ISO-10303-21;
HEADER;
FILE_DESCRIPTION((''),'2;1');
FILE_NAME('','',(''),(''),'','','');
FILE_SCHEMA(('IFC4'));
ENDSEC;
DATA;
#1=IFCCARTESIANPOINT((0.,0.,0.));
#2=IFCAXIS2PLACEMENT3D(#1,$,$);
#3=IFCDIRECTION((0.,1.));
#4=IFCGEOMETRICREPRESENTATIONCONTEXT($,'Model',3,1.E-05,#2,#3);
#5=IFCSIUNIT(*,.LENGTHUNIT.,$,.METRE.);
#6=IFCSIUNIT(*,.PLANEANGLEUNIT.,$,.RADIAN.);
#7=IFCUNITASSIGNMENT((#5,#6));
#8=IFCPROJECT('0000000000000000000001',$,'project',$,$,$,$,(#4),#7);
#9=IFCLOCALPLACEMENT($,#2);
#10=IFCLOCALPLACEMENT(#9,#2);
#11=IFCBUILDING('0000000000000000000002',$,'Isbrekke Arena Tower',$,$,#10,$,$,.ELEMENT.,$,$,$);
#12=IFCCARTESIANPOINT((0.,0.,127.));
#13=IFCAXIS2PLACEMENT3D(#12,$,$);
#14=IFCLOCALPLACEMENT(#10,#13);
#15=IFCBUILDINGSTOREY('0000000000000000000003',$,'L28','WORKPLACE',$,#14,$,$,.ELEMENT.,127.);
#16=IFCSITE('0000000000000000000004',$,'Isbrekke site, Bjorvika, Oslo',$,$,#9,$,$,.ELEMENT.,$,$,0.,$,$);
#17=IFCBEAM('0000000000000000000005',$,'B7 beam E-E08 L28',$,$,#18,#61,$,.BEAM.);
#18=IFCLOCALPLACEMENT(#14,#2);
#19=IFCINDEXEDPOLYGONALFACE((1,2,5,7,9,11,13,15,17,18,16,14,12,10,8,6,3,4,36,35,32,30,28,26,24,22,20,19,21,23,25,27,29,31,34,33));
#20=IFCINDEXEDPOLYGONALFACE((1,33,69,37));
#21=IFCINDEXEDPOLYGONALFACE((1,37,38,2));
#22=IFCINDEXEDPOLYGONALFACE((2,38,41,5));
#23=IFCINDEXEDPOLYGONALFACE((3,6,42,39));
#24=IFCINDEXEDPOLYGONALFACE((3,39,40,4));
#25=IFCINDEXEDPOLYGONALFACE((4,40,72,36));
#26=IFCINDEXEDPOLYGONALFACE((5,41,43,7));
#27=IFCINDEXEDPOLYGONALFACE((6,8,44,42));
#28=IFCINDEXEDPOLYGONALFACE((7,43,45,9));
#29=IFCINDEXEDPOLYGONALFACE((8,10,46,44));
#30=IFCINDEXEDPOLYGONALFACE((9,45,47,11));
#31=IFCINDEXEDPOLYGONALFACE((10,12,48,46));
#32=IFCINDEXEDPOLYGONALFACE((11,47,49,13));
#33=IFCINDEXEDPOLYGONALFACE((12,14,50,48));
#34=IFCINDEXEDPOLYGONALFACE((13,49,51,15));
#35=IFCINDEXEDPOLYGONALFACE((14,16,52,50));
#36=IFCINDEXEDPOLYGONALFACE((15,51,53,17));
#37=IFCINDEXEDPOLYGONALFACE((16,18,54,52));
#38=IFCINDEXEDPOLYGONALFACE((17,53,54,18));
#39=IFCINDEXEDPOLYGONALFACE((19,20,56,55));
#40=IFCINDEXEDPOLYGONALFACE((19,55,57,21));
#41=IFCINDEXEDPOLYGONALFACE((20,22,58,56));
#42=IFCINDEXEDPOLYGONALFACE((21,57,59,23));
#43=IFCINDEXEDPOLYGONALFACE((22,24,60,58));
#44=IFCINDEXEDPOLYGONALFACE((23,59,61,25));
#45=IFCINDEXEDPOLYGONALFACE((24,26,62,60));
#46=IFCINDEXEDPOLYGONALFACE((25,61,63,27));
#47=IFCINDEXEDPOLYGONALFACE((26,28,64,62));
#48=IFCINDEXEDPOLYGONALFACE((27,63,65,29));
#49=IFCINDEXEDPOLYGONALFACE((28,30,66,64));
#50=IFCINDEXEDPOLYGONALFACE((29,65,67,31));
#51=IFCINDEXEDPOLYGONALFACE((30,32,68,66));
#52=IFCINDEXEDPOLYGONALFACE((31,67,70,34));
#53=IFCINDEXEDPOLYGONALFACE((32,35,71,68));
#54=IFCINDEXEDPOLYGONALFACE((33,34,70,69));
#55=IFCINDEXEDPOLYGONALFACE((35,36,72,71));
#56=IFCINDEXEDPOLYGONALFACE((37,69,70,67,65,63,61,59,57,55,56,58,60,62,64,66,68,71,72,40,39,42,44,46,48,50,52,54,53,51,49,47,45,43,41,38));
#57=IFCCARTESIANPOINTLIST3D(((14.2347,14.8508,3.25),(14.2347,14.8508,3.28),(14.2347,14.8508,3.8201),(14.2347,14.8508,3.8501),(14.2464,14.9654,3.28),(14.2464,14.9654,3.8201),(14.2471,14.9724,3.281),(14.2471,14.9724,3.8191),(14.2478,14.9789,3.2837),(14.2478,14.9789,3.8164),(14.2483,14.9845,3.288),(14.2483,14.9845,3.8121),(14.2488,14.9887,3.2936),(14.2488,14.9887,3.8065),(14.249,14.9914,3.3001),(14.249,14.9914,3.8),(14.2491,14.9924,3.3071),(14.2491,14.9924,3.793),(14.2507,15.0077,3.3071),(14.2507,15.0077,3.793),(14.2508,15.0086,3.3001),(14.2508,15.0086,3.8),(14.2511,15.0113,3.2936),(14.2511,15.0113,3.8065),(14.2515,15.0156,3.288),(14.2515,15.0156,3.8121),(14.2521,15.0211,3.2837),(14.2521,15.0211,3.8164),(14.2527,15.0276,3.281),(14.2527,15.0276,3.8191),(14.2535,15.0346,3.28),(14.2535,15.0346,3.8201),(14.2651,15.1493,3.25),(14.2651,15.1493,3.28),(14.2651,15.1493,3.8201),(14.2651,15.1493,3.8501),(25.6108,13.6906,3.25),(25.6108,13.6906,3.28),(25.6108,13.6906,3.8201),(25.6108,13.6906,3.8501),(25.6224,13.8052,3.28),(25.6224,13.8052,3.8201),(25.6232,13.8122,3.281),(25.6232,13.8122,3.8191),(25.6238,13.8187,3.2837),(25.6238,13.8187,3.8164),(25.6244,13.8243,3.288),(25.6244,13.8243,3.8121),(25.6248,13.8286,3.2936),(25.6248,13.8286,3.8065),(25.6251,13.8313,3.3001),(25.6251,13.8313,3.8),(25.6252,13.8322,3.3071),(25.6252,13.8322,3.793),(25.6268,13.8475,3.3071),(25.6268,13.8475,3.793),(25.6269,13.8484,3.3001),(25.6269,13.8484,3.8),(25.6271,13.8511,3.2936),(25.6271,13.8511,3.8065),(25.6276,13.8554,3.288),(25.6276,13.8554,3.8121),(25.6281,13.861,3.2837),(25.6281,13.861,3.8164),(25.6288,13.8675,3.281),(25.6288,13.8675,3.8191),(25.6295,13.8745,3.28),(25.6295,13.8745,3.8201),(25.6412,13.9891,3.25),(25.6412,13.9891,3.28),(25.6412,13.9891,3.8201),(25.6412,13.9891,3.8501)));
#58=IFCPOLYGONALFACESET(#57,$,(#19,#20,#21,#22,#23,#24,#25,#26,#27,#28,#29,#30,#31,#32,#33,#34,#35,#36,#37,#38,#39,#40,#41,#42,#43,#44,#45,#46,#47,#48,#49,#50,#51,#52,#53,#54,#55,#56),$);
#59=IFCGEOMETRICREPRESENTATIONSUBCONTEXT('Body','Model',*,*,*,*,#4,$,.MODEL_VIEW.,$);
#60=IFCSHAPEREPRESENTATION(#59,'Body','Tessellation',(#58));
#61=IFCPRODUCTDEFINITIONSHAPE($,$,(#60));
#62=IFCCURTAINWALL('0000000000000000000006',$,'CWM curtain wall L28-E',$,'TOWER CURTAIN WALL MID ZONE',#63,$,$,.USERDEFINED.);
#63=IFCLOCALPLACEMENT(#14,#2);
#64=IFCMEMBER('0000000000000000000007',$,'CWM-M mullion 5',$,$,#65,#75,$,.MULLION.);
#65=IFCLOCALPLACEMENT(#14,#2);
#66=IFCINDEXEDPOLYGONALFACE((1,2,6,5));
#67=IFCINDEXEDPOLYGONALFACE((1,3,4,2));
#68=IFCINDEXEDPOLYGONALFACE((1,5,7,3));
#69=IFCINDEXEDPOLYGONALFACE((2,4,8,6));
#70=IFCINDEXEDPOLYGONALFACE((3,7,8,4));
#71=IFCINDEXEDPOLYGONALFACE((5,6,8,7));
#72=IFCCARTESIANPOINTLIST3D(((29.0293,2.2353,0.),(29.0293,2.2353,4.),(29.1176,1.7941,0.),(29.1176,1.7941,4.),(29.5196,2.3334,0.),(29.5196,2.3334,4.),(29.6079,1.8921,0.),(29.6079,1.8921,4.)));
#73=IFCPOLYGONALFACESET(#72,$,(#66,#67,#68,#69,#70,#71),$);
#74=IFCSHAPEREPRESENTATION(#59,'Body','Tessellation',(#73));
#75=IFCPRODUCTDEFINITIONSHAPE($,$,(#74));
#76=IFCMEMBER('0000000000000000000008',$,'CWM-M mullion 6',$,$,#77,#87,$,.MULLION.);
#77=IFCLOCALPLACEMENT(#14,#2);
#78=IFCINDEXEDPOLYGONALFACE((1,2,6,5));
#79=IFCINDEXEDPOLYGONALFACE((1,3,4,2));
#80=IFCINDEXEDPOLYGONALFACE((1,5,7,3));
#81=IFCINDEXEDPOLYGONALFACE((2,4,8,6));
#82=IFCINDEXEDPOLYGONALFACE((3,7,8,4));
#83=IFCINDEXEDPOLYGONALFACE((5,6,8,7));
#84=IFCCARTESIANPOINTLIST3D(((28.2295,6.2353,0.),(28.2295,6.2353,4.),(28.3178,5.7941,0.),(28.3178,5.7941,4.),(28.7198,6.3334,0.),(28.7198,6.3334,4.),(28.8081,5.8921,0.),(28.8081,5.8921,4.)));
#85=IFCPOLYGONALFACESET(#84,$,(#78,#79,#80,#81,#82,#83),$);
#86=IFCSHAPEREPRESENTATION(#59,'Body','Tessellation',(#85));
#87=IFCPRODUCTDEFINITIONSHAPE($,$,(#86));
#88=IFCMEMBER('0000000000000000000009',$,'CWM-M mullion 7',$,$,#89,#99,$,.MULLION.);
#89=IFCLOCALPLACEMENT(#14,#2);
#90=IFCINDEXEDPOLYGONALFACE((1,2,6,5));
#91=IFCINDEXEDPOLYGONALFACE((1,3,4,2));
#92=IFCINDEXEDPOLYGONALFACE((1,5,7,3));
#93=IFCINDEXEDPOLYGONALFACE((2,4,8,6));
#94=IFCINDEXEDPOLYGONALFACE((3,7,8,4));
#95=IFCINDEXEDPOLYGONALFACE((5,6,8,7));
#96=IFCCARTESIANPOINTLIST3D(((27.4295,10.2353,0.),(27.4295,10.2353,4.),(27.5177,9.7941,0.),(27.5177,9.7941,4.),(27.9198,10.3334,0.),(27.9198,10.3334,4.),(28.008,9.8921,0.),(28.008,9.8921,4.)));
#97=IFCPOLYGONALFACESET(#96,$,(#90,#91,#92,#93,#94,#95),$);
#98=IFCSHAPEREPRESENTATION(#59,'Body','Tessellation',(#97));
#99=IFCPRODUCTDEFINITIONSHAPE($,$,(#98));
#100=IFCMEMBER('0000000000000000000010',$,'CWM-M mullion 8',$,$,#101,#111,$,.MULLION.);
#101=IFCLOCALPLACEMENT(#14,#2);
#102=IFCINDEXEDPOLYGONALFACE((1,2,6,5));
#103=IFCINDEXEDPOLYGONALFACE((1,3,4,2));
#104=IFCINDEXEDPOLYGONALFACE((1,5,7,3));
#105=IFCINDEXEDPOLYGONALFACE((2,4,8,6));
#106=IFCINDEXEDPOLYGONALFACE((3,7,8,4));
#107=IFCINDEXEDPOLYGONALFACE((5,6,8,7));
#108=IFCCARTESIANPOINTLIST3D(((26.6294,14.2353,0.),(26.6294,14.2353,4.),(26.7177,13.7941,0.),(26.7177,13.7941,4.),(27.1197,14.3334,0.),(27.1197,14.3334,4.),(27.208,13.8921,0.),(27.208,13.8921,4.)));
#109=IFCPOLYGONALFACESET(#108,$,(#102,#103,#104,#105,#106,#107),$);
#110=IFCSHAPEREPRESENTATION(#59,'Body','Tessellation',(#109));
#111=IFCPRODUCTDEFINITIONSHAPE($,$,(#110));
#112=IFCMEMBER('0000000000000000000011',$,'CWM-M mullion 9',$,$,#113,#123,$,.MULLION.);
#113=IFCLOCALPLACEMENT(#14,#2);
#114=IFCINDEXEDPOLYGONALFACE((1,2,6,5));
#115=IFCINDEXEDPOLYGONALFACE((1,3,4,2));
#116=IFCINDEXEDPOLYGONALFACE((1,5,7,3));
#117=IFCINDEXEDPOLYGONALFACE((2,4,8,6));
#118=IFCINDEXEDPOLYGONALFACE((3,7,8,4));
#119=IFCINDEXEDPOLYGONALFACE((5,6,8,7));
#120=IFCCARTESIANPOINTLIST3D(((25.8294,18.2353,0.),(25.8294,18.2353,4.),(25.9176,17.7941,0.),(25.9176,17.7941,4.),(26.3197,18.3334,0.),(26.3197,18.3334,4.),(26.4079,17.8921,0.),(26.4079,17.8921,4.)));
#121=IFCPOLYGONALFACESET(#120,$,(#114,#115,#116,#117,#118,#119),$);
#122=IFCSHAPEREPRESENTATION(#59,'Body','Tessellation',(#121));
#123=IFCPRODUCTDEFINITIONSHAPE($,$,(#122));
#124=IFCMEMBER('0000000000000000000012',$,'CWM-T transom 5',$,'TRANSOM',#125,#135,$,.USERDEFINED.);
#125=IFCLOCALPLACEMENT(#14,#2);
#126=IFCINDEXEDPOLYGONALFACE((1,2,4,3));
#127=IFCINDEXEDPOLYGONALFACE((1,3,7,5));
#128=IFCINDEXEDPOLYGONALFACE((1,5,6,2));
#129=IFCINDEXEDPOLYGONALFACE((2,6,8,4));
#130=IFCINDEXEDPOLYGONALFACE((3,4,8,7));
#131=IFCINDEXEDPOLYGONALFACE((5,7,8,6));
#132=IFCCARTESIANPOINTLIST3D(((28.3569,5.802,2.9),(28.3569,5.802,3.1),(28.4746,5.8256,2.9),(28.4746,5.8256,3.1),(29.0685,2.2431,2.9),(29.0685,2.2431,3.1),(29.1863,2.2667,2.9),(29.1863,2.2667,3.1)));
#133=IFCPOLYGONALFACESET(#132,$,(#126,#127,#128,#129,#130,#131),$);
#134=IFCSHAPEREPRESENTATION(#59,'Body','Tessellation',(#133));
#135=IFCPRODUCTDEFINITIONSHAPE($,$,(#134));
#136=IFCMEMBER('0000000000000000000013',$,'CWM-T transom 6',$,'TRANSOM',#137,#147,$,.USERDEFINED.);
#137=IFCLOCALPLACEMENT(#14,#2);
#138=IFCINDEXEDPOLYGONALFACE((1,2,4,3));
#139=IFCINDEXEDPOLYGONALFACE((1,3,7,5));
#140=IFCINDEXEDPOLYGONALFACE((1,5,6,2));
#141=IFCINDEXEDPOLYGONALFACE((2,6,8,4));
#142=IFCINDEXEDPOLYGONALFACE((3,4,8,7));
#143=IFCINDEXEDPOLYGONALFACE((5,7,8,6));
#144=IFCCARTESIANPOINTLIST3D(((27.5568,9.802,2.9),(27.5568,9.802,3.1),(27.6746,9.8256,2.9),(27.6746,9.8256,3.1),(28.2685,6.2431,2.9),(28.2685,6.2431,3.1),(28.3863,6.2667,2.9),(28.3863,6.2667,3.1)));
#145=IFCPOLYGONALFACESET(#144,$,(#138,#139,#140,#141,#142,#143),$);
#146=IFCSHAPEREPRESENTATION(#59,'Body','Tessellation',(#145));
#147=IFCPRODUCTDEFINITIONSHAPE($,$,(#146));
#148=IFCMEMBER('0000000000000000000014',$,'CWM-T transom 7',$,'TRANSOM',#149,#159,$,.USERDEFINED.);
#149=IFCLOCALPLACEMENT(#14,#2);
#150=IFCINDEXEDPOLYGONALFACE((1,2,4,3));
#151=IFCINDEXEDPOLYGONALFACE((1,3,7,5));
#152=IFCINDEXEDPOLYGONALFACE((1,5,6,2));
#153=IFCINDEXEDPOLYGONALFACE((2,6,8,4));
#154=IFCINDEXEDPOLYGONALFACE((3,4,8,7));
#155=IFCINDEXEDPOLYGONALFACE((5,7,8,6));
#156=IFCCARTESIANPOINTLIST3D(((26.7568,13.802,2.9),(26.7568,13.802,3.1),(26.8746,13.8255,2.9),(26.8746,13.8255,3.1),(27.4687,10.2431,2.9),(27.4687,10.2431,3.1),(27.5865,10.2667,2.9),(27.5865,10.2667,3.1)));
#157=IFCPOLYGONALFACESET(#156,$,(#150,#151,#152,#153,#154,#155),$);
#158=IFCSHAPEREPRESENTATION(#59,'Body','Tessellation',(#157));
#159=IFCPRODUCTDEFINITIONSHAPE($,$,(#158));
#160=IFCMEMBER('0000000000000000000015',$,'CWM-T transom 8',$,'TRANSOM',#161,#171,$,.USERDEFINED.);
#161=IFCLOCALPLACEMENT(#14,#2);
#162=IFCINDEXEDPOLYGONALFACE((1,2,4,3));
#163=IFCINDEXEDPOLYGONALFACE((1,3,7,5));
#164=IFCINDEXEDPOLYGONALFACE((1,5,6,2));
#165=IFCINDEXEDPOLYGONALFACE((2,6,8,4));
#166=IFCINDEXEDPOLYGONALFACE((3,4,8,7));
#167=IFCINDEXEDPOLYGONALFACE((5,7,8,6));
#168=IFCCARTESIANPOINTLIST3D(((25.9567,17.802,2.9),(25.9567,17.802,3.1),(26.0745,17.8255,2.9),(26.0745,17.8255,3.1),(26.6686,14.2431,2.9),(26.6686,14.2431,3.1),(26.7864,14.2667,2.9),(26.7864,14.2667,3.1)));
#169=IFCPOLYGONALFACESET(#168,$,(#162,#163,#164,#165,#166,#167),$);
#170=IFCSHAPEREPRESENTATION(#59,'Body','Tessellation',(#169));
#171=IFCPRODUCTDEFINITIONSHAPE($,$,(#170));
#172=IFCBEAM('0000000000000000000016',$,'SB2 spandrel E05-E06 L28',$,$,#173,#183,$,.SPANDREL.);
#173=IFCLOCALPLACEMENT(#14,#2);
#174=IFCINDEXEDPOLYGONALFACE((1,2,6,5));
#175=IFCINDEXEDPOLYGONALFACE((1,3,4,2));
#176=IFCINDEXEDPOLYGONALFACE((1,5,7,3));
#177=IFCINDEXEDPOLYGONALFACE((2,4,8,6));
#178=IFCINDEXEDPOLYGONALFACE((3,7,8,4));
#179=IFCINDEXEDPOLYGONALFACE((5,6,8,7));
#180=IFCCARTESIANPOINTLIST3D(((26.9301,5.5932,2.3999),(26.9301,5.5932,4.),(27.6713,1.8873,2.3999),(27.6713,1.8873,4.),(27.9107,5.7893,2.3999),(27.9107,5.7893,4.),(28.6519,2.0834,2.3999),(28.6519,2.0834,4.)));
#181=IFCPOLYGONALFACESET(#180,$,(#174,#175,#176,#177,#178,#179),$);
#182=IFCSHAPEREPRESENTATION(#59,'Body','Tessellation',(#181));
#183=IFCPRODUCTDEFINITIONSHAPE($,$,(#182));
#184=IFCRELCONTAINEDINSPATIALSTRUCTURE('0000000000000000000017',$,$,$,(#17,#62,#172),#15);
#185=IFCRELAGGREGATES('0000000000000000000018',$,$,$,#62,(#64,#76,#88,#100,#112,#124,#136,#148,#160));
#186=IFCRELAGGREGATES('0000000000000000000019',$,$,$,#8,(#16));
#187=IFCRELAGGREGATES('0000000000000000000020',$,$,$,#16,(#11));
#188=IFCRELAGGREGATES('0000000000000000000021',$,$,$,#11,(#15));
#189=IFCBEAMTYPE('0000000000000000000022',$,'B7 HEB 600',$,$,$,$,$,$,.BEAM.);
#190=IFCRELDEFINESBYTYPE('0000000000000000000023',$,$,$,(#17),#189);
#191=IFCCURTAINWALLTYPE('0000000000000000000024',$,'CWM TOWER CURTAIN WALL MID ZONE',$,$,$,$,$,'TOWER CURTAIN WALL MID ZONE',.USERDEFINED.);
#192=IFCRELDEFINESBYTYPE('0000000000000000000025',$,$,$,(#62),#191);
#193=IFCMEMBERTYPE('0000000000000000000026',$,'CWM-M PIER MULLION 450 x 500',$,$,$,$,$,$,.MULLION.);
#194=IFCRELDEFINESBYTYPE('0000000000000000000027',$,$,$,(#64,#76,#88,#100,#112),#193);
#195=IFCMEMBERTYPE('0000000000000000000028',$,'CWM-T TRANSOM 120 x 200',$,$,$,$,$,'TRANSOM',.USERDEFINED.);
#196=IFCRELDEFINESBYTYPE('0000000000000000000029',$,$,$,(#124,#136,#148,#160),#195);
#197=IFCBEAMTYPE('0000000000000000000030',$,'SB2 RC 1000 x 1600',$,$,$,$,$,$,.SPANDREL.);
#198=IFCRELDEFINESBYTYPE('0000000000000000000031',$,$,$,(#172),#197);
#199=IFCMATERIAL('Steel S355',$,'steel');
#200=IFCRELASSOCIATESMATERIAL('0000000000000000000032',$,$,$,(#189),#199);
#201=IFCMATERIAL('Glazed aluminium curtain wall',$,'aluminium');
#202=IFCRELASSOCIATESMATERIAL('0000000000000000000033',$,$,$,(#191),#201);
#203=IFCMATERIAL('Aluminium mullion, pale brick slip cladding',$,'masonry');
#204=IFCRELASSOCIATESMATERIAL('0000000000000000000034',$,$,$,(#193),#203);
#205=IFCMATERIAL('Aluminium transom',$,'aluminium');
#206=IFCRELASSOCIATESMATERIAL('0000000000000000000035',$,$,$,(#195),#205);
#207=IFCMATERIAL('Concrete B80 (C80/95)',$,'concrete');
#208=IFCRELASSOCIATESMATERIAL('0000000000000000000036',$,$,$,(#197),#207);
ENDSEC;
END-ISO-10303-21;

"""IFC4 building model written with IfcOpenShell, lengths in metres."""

from ifc_helpers import new_model, si_unit, direction, frame, origin, origin_2d, place, context, subcontext, project, spatial, rectangle, i_section, extrude, material, material_profile, profile_set, type_object, element, aggregate, save


model = new_model("IFC4")

# Units and contexts
model_context = context("Model", 3, precision=1e-05, world=origin(), true_north=direction((0.0, 1.0)))
body_context = subcontext(model_context, "Body", "Model", "MODEL_VIEW")
ifc_project = project(units=[si_unit("LENGTHUNIT", "METRE"), si_unit("PLANEANGLEUNIT", "RADIAN")], contexts=[model_context])

# Site, building, storey
site_placement = place(None, origin())
site = spatial("IfcSite", under=ifc_project, at=site_placement, Name="Isbrekke site, Bjorvika, Oslo", CompositionType="ELEMENT", RefElevation=0.0)
building_placement = place(site_placement, origin())
building = spatial("IfcBuilding", under=site, at=building_placement, Name="Isbrekke Arena Tower", CompositionType="ELEMENT")
storey_placement = place(building_placement, frame((0.0, 0.0, 127.0)))
storey = spatial("IfcBuildingStorey", under=building, at=storey_placement, Name="L28", Description="WORKPLACE", CompositionType="ELEMENT", Elevation=127.0)

# Beam
ifc_material_1 = material(Name="Steel S355", Category="steel")
ifc_material_profile_1 = material_profile(ifc_material_1, i_section(OverallWidth=0.3, OverallDepth=0.6001, WebThickness=0.0154, FlangeThickness=0.03, FilletRadius=0.0271, at=origin_2d()), Name="HEB 600")
ifc_profile_set_1 = profile_set([ifc_material_profile_1], Name="Steel S355")
beam_type_1 = type_object("IfcBeamType", Name="B7 HEB 600", PredefinedType="BEAM", material=ifc_profile_set_1)
beam_1_placement = place(storey_placement, frame((25.626, 13.8398, 3.55), z_axis=(-0.99484, 0.101457, 0.0), x_axis=(-0.101457, -0.99484, 0.0)))
element("IfcBeam", 1, at=beam_1_placement, inside=storey, type_object=beam_type_1, Name="B7 beam E-E08 L28", PredefinedType="BEAM", context=body_context, shape_type="SweptSolid", body=[
    extrude(i_section(OverallWidth=0.3, OverallDepth=0.6001, WebThickness=0.0154, FlangeThickness=0.03, FilletRadius=0.0271, at=origin_2d()), origin(), (0.0, 0.0, 1.0), 11.4351),
])

# Curtain wall, members
ifc_material_2 = material(Name="Glazed aluminium curtain wall", Category="aluminium")
curtain_wall_type = type_object("IfcCurtainWallType", Name="CWM TOWER CURTAIN WALL MID ZONE", ElementType="TOWER CURTAIN WALL MID ZONE", PredefinedType="USERDEFINED", material=ifc_material_2)
curtain_wall_placement = place(storey_placement, origin())
curtain_wall = element("IfcCurtainWall", 2, at=curtain_wall_placement, inside=storey, type_object=curtain_wall_type, Name="CWM curtain wall L28-E", ObjectType="TOWER CURTAIN WALL MID ZONE", PredefinedType="USERDEFINED")
ifc_material_3 = material(Name="Aluminium mullion, pale brick slip cladding", Category="masonry")
ifc_material_profile_2 = material_profile(ifc_material_3, rectangle(XDim=0.45, YDim=0.5, at=origin_2d()), Name="PIER 450X500")
ifc_profile_set_2 = profile_set([ifc_material_profile_2], Name="Aluminium mullion, pale brick slip cladding")
member_type_1 = type_object("IfcMemberType", Name="CWM-M PIER MULLION 450 x 500", PredefinedType="MULLION", material=ifc_profile_set_2)
member_1_placement = place(storey_placement, frame((29.3186, 2.0637, 0.0), z_axis=(0.0, 0.0, 1.0), x_axis=(-0.196116, 0.980581, 0.0)))
member_1 = element("IfcMember", 3, at=member_1_placement, type_object=member_type_1, Name="CWM-M mullion 5", PredefinedType="MULLION", context=body_context, shape_type="SweptSolid", body=[
    extrude(rectangle(XDim=0.45, YDim=0.5, at=origin_2d()), origin(), (0.0, 0.0, 1.0), 4.0),
])
member_2_placement = place(storey_placement, frame((28.5188, 6.0637, 0.0), z_axis=(0.0, 0.0, 1.0), x_axis=(-0.196116, 0.980581, 0.0)))
member_2 = element("IfcMember", 4, at=member_2_placement, type_object=member_type_1, Name="CWM-M mullion 6", PredefinedType="MULLION", context=body_context, shape_type="SweptSolid", body=[
    extrude(rectangle(XDim=0.45, YDim=0.5, at=origin_2d()), origin(), (0.0, 0.0, 1.0), 4.0),
])
member_3_placement = place(storey_placement, frame((27.7188, 10.0637, 0.0), z_axis=(0.0, 0.0, 1.0), x_axis=(-0.196116, 0.980581, 0.0)))
member_3 = element("IfcMember", 5, at=member_3_placement, type_object=member_type_1, Name="CWM-M mullion 7", PredefinedType="MULLION", context=body_context, shape_type="SweptSolid", body=[
    extrude(rectangle(XDim=0.45, YDim=0.5, at=origin_2d()), origin(), (0.0, 0.0, 1.0), 4.0),
])
member_4_placement = place(storey_placement, frame((26.9187, 14.0637, 0.0), z_axis=(0.0, 0.0, 1.0), x_axis=(-0.196116, 0.980581, 0.0)))
member_4 = element("IfcMember", 6, at=member_4_placement, type_object=member_type_1, Name="CWM-M mullion 8", PredefinedType="MULLION", context=body_context, shape_type="SweptSolid", body=[
    extrude(rectangle(XDim=0.45, YDim=0.5, at=origin_2d()), origin(), (0.0, 0.0, 1.0), 4.0),
])
member_5_placement = place(storey_placement, frame((26.1187, 18.0637, 0.0), z_axis=(0.0, 0.0, 1.0), x_axis=(-0.196116, 0.980581, 0.0)))
member_5 = element("IfcMember", 7, at=member_5_placement, type_object=member_type_1, Name="CWM-M mullion 9", PredefinedType="MULLION", context=body_context, shape_type="SweptSolid", body=[
    extrude(rectangle(XDim=0.45, YDim=0.5, at=origin_2d()), origin(), (0.0, 0.0, 1.0), 4.0),
])
ifc_material_4 = material(Name="Aluminium transom", Category="aluminium")
ifc_material_profile_3 = material_profile(ifc_material_4, rectangle(XDim=0.1201, YDim=0.2, at=origin_2d()), Name="TRANSOM 120X200")
ifc_profile_set_3 = profile_set([ifc_material_profile_3], Name="Aluminium transom")
member_type_2 = type_object("IfcMemberType", Name="CWM-T TRANSOM 120 x 200", ElementType="TRANSOM", PredefinedType="USERDEFINED", material=ifc_profile_set_3)
member_6_placement = place(storey_placement, frame((29.1274, 2.2549, 3.0), z_axis=(-0.19609, 0.980586, 0.0), x_axis=(-0.980586, -0.19609, 0.0)))
member_6 = element("IfcMember", 8, at=member_6_placement, type_object=member_type_2, Name="CWM-T transom 5", ObjectType="TRANSOM", PredefinedType="USERDEFINED", context=body_context, shape_type="SweptSolid", body=[
    extrude(rectangle(XDim=0.1201, YDim=0.2, at=origin_2d()), origin(), (0.0, 0.0, 1.0), 3.6294),
])
member_7_placement = place(storey_placement, frame((28.3274, 6.2549, 3.0), z_axis=(-0.19609, 0.980586, 0.0), x_axis=(-0.980586, -0.19609, 0.0)))
member_7 = element("IfcMember", 9, at=member_7_placement, type_object=member_type_2, Name="CWM-T transom 6", ObjectType="TRANSOM", PredefinedType="USERDEFINED", context=body_context, shape_type="SweptSolid", body=[
    extrude(rectangle(XDim=0.1201, YDim=0.2, at=origin_2d()), origin(), (0.0, 0.0, 1.0), 3.6294),
])
member_8_placement = place(storey_placement, frame((27.5276, 10.2549, 3.0), z_axis=(-0.196155, 0.980573, 0.0), x_axis=(-0.980573, -0.196155, 0.0)))
member_8 = element("IfcMember", 10, at=member_8_placement, type_object=member_type_2, Name="CWM-T transom 7", ObjectType="TRANSOM", PredefinedType="USERDEFINED", context=body_context, shape_type="SweptSolid", body=[
    extrude(rectangle(XDim=0.1201, YDim=0.2, at=origin_2d()), origin(), (0.0, 0.0, 1.0), 3.6294),
])
member_9_placement = place(storey_placement, frame((26.7275, 14.2549, 3.0), z_axis=(-0.196155, 0.980573, 0.0), x_axis=(-0.980573, -0.196155, 0.0)))
member_9 = element("IfcMember", 11, at=member_9_placement, type_object=member_type_2, Name="CWM-T transom 8", ObjectType="TRANSOM", PredefinedType="USERDEFINED", context=body_context, shape_type="SweptSolid", body=[
    extrude(rectangle(XDim=0.1201, YDim=0.2, at=origin_2d()), origin(), (0.0, 0.0, 1.0), 3.6294),
])

# Beam
ifc_material_5 = material(Name="Concrete B80 (C80/95)", Category="concrete")
ifc_material_profile_4 = material_profile(ifc_material_5, rectangle(XDim=1.0, YDim=1.6001, at=origin_2d()), Name="RC 1000x1600")
ifc_profile_set_4 = profile_set([ifc_material_profile_4], Name="Concrete B80 (C80/95)")
beam_type_2 = type_object("IfcBeamType", Name="SB2 RC 1000 x 1600", PredefinedType="SPANDREL", material=ifc_profile_set_4)
for number, where, z_axis, x_axis, name in (
    (12, (28.1616, 1.9854, 3.2), (-0.196129, 0.980578, 0.0), (-0.980578, -0.196129, 0.0), "SB2 spandrel E05-E06 L28"),
):
    element("IfcBeam", number, at=place(storey_placement, frame(where, z_axis=z_axis, x_axis=x_axis)), inside=storey, type_object=beam_type_2, Name=name, PredefinedType="SPANDREL", context=body_context, shape_type="SweptSolid", body=[
        extrude(rectangle(XDim=1.0, YDim=1.6001, at=origin_2d()), origin(), (0.0, 0.0, 1.0), 3.7793),
    ])

aggregate(curtain_wall, [member_1, member_2, member_3, member_4, member_5, member_6, member_7, member_8, member_9])

save(model, "model.ifc")
